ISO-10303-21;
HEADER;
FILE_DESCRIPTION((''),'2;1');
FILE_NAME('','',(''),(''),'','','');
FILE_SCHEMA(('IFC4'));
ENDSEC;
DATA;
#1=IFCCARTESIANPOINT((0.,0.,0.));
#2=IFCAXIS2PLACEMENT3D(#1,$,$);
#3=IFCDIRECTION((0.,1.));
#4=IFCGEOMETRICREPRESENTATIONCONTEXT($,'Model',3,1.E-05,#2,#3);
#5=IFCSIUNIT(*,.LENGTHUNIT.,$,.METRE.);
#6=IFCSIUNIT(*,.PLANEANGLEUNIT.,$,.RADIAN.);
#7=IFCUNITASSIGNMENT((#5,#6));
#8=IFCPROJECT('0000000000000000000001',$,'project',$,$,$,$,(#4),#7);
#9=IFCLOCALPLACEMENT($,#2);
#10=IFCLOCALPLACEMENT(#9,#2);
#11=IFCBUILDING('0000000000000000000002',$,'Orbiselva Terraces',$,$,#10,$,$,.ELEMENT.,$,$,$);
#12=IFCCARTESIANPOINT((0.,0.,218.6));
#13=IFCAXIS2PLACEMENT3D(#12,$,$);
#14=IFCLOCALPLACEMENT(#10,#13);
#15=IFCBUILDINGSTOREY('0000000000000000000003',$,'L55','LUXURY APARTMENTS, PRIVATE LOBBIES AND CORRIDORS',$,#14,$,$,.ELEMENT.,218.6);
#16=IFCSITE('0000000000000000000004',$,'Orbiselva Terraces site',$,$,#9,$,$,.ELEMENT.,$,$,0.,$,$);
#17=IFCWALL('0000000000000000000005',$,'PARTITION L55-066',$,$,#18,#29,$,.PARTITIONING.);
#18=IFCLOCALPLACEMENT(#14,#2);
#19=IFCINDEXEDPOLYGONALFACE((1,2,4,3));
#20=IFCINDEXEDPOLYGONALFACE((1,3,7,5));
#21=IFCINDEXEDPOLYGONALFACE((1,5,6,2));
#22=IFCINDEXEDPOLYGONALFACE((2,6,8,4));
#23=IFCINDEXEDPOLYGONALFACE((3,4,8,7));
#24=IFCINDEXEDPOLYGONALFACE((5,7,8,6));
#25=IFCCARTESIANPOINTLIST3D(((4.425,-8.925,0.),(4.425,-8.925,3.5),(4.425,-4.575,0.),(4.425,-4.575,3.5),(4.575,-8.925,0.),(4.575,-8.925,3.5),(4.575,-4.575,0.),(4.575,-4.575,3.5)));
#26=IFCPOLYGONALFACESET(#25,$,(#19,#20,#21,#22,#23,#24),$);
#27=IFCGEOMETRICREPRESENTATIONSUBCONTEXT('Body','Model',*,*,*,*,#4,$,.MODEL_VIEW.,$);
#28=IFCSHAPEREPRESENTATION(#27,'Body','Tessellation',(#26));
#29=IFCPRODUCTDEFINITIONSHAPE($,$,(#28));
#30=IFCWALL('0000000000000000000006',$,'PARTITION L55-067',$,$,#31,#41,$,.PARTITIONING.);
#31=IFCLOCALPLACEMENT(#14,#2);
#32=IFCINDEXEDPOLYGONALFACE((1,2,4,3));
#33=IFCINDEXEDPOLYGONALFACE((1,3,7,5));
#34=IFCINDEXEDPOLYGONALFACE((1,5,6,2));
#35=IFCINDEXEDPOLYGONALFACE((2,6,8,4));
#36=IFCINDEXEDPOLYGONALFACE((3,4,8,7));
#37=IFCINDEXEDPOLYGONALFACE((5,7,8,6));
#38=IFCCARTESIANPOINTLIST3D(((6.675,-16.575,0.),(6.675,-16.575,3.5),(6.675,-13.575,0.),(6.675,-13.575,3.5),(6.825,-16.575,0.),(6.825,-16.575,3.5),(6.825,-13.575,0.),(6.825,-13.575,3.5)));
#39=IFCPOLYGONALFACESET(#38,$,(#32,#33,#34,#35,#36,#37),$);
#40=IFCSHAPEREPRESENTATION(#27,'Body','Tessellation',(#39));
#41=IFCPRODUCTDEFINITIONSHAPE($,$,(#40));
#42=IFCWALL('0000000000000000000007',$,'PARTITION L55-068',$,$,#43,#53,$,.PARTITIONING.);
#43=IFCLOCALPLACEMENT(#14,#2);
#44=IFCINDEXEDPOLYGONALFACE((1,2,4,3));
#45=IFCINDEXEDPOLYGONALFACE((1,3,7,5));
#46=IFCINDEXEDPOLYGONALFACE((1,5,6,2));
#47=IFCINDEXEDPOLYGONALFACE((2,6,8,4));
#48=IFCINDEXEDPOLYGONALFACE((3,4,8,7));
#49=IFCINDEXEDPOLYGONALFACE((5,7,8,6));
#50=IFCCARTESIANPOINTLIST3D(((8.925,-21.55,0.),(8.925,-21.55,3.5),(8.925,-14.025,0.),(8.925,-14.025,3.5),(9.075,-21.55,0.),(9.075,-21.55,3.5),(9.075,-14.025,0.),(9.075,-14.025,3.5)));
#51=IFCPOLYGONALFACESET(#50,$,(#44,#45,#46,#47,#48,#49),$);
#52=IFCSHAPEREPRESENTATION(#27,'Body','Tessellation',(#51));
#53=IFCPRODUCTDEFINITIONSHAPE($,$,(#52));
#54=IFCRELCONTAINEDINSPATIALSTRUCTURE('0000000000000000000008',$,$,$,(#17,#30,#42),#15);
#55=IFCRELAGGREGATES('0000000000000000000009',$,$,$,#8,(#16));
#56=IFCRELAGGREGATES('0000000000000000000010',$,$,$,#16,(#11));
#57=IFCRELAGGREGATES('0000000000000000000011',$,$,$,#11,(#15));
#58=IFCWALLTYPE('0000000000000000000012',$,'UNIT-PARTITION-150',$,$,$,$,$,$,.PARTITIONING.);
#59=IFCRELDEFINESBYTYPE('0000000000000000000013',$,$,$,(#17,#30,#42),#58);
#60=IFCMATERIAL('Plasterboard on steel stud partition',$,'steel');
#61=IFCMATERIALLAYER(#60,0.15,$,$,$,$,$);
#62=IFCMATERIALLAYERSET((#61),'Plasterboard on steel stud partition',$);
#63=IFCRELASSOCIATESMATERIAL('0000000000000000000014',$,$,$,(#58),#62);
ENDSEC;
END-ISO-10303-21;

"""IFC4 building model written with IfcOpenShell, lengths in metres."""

from ifc_helpers import new_model, si_unit, direction, frame, frame_2d, origin, place, context, subcontext, project, spatial, rectangle, extrude, material, layer, layer_set, type_object, element, save


model = new_model("IFC4")

# Units and contexts
model_context = context("Model", 3, precision=1e-05, world=origin(), true_north=direction((0.0, 1.0)))
body_context = subcontext(model_context, "Body", "Model", "MODEL_VIEW")
ifc_project = project(units=[si_unit("LENGTHUNIT", "METRE"), si_unit("PLANEANGLEUNIT", "RADIAN")], contexts=[model_context])

# Site, building, storey
site_placement = place(None, origin())
site = spatial("IfcSite", under=ifc_project, at=site_placement, Name="Orbiselva Terraces site", CompositionType="ELEMENT", RefElevation=0.0)
building_placement = place(site_placement, origin())
building = spatial("IfcBuilding", under=site, at=building_placement, Name="Orbiselva Terraces", CompositionType="ELEMENT")
storey_placement = place(building_placement, frame((0.0, 0.0, 218.6)))
storey = spatial("IfcBuildingStorey", under=building, at=storey_placement, Name="L55", Description="LUXURY APARTMENTS, PRIVATE LOBBIES AND CORRIDORS", CompositionType="ELEMENT", Elevation=218.6)

# Shared definitions
ifc_material_1 = material(Name="Plasterboard on steel stud partition", Category="steel")

# Shared definitions
ifc_layer_1 = layer(ifc_material_1, 0.15)
ifc_layer_set_1 = layer_set([ifc_layer_1], Name="Plasterboard on steel stud partition")
wall_type_1 = type_object("IfcWallType", Name="UNIT-PARTITION-150", PredefinedType="PARTITIONING", material=ifc_layer_set_1)

# Walls
wall_1_placement = place(storey_placement, frame((4.5, -8.925, 0.0), z_axis=(0.0, 0.0, 1.0), x_axis=(0.0, 1.0, 0.0)))
element("IfcWall", 1, at=wall_1_placement, inside=storey, type_object=wall_type_1, Name="PARTITION L55-066", PredefinedType="PARTITIONING", context=body_context, shape_type="SweptSolid", body=[
    extrude(rectangle(XDim=4.35, YDim=0.15, at=frame_2d((2.175, 0.0))), origin(), (0.0, 0.0, 1.0), 3.5),
])
wall_2_placement = place(storey_placement, frame((6.75, -16.575, 0.0), z_axis=(0.0, 0.0, 1.0), x_axis=(0.0, 1.0, 0.0)))
element("IfcWall", 2, at=wall_2_placement, inside=storey, type_object=wall_type_1, Name="PARTITION L55-067", PredefinedType="PARTITIONING", context=body_context, shape_type="SweptSolid", body=[
    extrude(rectangle(XDim=3.0, YDim=0.15, at=frame_2d((1.5, 0.0))), origin(), (0.0, 0.0, 1.0), 3.5),
])
wall_3_placement = place(storey_placement, frame((9.0, -21.55, 0.0), z_axis=(0.0, 0.0, 1.0), x_axis=(0.0, 1.0, 0.0)))
element("IfcWall", 3, at=wall_3_placement, inside=storey, type_object=wall_type_1, Name="PARTITION L55-068", PredefinedType="PARTITIONING", context=body_context, shape_type="SweptSolid", body=[
    extrude(rectangle(XDim=7.525, YDim=0.15, at=frame_2d((3.7625, 0.0))), origin(), (0.0, 0.0, 1.0), 3.5),
])

save(model, "model.ifc")
